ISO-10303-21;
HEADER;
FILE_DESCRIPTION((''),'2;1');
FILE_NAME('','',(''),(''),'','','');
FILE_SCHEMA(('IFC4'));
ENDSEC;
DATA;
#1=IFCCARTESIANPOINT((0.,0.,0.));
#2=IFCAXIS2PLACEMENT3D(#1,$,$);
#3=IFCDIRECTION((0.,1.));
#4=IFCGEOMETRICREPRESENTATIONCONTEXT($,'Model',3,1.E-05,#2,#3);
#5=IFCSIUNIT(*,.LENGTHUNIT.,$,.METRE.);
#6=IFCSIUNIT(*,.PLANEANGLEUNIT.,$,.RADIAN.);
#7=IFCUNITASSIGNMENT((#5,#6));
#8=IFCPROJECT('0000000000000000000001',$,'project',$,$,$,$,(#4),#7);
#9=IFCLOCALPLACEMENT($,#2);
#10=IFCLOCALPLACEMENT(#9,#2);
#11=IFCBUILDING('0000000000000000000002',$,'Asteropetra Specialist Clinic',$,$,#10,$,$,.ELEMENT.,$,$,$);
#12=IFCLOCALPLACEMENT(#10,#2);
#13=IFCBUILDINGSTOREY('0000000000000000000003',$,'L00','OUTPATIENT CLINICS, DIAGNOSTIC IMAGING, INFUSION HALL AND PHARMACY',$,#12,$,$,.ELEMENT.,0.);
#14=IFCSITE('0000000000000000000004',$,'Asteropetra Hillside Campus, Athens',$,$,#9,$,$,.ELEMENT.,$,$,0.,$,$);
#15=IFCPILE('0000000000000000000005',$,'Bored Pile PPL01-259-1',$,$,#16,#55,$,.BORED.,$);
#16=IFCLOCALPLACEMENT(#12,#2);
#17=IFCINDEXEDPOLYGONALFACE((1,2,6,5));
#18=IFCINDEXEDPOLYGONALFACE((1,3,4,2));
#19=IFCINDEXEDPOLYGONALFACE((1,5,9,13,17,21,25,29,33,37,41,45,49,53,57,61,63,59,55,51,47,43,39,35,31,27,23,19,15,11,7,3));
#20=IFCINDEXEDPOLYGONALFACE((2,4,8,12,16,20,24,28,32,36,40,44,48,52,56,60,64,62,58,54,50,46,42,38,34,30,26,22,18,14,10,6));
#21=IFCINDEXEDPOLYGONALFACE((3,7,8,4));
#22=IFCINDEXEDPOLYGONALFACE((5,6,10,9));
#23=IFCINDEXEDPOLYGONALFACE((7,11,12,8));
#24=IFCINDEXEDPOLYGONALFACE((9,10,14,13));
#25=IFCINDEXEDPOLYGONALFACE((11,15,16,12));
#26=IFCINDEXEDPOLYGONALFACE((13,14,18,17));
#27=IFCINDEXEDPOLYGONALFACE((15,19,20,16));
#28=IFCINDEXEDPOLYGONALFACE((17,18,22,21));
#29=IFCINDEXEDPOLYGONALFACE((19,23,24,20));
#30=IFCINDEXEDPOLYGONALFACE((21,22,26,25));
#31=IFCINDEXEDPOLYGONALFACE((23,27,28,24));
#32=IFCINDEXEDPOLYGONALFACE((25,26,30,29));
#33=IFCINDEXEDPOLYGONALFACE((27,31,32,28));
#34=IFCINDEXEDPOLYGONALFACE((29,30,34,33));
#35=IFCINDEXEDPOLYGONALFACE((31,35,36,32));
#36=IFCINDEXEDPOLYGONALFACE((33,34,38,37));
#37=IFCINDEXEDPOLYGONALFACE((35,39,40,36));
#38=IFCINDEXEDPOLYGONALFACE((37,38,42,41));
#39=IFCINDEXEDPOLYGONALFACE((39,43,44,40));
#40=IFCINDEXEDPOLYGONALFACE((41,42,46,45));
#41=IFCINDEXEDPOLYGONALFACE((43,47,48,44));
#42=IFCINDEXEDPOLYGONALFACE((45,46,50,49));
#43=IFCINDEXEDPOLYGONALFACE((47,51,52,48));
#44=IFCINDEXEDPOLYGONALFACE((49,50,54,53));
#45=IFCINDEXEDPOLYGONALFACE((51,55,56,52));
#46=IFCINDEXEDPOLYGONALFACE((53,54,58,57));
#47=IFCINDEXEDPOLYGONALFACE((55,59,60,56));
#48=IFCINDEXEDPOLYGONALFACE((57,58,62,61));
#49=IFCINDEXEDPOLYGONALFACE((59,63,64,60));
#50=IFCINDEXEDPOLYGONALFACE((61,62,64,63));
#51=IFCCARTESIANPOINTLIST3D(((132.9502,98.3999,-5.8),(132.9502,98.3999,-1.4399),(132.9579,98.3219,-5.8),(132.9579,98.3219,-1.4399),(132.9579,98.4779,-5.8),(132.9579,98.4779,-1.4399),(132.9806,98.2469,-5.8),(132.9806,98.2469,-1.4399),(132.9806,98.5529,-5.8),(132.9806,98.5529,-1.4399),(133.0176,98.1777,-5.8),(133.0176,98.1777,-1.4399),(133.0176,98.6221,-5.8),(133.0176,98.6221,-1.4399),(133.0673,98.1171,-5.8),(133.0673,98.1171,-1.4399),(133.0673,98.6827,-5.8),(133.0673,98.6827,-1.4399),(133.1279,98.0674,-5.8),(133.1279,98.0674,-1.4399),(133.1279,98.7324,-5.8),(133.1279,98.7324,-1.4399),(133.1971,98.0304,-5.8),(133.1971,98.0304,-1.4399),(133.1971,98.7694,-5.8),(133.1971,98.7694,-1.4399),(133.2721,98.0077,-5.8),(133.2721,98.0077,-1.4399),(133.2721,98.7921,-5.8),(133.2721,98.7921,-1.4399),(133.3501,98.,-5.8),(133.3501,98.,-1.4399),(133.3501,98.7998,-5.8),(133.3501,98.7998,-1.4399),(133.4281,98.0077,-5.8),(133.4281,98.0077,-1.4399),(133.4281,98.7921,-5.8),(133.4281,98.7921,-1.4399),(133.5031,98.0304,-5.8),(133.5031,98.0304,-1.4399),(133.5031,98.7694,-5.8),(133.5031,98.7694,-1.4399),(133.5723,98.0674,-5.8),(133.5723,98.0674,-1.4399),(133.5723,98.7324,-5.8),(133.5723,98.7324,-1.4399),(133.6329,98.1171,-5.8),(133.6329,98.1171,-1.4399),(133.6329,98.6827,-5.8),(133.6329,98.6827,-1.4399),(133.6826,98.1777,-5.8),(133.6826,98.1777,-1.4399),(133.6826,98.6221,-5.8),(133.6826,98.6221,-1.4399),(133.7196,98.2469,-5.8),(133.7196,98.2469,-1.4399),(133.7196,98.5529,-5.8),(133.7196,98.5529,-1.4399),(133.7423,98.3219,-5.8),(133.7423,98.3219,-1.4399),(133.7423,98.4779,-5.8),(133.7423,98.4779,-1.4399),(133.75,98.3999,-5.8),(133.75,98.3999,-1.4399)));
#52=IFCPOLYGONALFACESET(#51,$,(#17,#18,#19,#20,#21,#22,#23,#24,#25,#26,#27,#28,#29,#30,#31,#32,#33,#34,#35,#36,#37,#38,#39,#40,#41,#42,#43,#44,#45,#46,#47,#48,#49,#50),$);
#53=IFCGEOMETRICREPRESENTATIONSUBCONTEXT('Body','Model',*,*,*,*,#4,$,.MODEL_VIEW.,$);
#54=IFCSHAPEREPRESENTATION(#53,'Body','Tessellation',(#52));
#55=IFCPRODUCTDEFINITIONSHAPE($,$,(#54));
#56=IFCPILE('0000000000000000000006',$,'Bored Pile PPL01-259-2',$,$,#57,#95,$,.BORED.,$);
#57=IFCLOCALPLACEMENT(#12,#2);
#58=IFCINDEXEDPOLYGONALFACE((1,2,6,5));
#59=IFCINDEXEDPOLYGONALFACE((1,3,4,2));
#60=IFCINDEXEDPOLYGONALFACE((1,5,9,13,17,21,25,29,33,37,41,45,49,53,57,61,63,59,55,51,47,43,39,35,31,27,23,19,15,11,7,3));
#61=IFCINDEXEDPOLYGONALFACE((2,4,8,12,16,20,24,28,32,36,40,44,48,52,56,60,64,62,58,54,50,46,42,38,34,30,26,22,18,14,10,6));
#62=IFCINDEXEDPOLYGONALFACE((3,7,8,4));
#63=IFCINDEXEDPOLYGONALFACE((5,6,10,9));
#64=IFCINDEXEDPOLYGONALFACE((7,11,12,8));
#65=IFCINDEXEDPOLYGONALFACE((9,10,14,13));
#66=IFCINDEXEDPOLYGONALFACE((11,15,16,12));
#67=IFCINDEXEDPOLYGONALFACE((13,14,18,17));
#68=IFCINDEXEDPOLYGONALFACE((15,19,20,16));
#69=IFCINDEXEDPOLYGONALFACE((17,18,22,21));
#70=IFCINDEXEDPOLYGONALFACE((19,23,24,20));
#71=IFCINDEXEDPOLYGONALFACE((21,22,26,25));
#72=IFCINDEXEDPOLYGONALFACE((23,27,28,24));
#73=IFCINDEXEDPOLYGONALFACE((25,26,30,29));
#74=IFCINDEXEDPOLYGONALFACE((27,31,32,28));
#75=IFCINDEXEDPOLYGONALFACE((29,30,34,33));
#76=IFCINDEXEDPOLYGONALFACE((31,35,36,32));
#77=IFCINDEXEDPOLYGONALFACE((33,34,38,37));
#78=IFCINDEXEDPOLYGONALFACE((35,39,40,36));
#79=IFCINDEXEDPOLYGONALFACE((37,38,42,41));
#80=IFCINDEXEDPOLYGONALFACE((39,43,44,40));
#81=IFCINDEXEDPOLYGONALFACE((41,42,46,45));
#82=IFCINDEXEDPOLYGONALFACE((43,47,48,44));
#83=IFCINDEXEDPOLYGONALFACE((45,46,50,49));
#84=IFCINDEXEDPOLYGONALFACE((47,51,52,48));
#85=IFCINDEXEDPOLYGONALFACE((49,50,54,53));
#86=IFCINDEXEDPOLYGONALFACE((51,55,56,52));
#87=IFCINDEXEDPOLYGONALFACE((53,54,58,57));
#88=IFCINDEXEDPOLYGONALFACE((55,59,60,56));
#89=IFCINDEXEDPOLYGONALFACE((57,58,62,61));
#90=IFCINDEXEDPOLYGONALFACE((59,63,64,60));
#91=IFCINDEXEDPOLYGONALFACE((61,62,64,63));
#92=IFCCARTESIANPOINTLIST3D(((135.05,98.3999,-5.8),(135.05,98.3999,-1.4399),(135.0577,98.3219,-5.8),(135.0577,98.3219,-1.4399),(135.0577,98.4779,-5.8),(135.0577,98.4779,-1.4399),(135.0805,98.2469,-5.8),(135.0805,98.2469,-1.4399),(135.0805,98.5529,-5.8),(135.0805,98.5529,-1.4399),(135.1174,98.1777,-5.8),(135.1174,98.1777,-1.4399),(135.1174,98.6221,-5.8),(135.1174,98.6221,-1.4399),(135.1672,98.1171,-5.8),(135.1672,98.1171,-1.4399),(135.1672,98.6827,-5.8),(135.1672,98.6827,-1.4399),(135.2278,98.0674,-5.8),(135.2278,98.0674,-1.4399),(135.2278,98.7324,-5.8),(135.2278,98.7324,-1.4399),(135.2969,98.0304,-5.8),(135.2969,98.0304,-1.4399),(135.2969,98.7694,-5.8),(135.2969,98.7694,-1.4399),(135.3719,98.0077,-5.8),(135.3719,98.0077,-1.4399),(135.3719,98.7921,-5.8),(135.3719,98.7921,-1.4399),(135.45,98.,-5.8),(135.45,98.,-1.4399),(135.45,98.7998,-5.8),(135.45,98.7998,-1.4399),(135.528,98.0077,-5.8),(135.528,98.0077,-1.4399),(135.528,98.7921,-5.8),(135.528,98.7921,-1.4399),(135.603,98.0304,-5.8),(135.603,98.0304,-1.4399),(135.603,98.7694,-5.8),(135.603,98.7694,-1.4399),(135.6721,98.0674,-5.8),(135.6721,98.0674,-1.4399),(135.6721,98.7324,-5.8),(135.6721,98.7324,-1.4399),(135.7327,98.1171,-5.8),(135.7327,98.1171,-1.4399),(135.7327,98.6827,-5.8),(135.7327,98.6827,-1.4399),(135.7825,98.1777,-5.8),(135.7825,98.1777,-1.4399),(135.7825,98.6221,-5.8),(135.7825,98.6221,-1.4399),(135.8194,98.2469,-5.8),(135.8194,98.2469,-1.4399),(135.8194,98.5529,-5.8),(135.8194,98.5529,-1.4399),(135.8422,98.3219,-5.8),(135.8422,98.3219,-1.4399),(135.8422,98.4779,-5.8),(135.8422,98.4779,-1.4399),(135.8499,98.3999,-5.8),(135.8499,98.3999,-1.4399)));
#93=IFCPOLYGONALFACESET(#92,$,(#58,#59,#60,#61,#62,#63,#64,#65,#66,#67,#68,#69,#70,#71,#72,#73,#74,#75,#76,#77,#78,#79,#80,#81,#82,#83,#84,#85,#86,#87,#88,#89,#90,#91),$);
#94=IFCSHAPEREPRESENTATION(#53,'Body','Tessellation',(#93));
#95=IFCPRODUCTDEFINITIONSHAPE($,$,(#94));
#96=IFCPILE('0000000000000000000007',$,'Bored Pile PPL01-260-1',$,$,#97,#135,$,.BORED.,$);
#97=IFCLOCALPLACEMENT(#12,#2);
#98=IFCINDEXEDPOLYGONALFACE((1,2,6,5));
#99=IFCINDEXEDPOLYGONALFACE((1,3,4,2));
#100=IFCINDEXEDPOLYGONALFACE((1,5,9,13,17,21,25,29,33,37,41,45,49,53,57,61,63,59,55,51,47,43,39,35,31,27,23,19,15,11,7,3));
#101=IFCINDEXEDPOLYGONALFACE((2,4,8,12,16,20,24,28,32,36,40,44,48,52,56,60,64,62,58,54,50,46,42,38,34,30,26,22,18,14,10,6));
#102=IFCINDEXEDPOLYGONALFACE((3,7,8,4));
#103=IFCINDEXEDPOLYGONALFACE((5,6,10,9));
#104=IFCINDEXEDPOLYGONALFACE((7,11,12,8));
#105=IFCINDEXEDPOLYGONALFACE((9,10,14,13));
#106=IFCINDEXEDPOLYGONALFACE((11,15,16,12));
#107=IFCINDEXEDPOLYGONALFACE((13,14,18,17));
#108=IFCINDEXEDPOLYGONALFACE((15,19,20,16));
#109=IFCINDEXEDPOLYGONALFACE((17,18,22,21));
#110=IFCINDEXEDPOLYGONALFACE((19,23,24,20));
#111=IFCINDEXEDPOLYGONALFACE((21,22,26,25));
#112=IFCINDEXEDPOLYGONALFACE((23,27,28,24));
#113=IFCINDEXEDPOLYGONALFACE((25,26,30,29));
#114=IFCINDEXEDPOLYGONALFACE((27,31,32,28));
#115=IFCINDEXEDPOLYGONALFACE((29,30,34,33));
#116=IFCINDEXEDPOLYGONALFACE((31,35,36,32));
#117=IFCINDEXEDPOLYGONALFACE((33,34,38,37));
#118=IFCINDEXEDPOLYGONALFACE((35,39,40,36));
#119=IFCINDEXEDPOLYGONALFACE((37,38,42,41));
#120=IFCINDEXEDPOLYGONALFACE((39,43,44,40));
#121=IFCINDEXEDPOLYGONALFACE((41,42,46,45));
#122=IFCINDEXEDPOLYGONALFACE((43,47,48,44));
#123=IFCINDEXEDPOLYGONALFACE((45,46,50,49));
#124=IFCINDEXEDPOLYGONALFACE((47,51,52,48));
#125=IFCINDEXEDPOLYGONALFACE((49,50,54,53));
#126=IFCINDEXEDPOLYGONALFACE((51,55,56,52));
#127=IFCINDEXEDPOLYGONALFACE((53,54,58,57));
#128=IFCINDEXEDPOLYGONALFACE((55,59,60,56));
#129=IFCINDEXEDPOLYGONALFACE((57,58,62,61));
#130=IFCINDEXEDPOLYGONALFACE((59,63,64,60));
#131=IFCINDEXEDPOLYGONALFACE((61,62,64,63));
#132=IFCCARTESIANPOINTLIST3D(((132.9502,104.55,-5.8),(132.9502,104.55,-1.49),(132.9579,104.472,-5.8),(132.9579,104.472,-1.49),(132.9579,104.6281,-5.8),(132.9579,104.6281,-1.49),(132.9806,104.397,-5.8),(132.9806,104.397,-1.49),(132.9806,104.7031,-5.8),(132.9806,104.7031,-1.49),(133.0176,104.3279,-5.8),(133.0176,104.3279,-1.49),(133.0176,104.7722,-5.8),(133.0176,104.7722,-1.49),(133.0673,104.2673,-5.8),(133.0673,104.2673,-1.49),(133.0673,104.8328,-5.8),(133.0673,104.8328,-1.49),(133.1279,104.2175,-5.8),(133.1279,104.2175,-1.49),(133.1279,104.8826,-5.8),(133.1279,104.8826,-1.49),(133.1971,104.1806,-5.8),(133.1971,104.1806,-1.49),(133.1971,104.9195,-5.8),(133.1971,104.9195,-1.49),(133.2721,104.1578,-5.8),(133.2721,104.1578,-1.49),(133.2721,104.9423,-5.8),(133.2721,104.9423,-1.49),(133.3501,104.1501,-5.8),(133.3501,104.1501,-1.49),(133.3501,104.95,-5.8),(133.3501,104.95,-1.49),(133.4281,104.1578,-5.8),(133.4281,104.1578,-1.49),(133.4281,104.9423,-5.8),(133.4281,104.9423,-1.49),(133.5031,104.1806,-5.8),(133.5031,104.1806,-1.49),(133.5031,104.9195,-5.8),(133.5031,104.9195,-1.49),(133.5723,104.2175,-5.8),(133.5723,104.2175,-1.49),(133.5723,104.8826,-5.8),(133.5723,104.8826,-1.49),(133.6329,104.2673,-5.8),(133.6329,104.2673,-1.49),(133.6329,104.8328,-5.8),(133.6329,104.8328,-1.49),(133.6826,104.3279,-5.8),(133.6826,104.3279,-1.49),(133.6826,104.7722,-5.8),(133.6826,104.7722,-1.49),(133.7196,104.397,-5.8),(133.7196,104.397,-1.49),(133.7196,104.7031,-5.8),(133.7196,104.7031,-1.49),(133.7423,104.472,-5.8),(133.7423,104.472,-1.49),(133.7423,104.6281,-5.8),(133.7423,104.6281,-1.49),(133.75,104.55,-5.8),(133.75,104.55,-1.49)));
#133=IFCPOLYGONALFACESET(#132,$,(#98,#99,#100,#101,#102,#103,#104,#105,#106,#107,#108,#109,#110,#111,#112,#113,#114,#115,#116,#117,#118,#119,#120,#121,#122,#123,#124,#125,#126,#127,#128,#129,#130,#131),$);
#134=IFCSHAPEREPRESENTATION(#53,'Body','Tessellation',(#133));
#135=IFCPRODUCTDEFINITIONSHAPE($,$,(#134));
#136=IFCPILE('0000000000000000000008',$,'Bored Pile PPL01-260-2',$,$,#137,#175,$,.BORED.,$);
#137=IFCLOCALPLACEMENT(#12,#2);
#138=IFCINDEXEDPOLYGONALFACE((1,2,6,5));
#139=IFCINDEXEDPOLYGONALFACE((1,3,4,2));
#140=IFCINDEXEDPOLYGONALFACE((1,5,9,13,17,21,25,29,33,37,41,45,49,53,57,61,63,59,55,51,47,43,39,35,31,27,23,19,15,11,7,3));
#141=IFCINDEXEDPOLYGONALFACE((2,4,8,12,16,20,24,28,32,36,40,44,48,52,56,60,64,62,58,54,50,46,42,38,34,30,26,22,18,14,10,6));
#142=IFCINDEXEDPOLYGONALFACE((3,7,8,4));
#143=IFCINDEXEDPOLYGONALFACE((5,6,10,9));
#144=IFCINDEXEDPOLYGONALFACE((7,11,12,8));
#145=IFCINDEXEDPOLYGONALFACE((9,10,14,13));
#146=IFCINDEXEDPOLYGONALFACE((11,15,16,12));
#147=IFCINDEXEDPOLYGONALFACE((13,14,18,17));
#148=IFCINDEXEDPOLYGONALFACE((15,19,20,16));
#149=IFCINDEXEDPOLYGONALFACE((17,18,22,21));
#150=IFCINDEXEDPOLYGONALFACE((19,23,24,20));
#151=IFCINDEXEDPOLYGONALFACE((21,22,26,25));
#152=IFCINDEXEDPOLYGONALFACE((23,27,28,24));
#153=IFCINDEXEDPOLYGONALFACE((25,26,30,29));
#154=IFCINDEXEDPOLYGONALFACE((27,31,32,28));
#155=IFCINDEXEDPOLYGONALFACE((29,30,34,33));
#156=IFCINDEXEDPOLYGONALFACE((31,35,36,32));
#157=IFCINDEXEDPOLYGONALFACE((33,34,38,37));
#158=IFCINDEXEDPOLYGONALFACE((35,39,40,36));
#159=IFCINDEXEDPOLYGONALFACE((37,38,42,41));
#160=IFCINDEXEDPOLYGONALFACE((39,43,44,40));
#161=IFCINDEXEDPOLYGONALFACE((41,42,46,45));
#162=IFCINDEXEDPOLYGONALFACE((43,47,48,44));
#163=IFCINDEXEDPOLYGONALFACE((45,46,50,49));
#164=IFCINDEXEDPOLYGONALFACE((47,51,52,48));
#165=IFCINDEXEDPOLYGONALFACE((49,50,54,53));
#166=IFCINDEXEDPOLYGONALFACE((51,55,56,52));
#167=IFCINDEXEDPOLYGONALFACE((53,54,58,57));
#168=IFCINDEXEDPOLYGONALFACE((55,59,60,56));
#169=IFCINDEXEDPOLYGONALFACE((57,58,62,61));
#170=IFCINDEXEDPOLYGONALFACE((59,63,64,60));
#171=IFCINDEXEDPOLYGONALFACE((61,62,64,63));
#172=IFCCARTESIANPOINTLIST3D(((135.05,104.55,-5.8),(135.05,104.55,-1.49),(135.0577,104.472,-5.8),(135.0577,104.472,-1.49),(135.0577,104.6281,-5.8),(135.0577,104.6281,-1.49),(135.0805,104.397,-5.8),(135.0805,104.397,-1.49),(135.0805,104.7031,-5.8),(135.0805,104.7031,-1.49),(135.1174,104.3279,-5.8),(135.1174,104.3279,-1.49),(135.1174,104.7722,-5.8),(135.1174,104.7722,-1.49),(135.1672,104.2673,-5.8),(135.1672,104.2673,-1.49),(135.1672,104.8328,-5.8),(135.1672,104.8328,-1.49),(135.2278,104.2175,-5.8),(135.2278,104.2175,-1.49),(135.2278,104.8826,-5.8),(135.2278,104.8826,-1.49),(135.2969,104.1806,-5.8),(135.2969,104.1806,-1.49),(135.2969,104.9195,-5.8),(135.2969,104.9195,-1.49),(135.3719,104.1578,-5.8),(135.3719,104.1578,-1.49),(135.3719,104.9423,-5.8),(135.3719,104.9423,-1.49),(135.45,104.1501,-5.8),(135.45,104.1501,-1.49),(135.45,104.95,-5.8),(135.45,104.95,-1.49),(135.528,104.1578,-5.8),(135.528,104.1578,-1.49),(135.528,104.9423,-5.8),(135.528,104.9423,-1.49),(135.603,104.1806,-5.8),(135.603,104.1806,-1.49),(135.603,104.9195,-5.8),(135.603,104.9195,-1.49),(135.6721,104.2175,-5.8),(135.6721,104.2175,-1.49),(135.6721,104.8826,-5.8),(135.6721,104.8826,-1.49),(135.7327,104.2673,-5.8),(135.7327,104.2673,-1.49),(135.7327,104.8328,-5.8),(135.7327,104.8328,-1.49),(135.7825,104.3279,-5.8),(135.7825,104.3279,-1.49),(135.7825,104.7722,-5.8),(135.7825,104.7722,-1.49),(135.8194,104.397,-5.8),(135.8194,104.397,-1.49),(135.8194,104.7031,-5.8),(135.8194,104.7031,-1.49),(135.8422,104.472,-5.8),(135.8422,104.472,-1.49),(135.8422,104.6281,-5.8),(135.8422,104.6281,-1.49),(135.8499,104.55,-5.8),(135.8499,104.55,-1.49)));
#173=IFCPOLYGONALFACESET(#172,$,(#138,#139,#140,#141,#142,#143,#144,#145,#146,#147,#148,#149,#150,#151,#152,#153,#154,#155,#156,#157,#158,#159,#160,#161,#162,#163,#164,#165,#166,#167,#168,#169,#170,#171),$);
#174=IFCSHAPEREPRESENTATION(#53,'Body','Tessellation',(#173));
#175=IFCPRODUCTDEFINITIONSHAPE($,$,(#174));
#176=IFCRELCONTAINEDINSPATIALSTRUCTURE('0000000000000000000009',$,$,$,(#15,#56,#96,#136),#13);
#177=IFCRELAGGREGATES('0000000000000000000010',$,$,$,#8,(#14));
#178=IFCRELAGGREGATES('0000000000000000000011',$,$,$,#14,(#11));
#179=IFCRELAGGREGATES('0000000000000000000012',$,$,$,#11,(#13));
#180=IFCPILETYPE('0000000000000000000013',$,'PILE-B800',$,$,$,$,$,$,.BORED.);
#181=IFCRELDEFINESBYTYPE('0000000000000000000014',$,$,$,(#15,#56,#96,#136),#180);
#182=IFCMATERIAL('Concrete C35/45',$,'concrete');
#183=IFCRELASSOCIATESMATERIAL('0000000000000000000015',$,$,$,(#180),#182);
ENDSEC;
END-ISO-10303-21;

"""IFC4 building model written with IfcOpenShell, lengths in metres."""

from ifc_helpers import new_model, si_unit, direction, frame, origin, origin_2d, place, context, subcontext, project, spatial, circle, extrude, material, material_profile, profile_set, type_object, element, save


model = new_model("IFC4")

# Units and contexts
model_context = context("Model", 3, precision=1e-05, world=origin(), true_north=direction((0.0, 1.0)))
body_context = subcontext(model_context, "Body", "Model", "MODEL_VIEW")
ifc_project = project(units=[si_unit("LENGTHUNIT", "METRE"), si_unit("PLANEANGLEUNIT", "RADIAN")], contexts=[model_context])

# Site, building, storey
site_placement = place(None, origin())
site = spatial("IfcSite", under=ifc_project, at=site_placement, Name="Asteropetra Hillside Campus, Athens", CompositionType="ELEMENT", RefElevation=0.0)
building_placement = place(site_placement, origin())
building = spatial("IfcBuilding", under=site, at=building_placement, Name="Asteropetra Specialist Clinic", CompositionType="ELEMENT")
storey_placement = place(building_placement, origin())
storey = spatial("IfcBuildingStorey", under=building, at=storey_placement, Name="L00", Description="OUTPATIENT CLINICS, DIAGNOSTIC IMAGING, INFUSION HALL AND PHARMACY", CompositionType="ELEMENT", Elevation=0.0)

# Piles
ifc_material_1 = material(Name="Concrete C35/45", Category="concrete")
ifc_material_profile_1 = material_profile(ifc_material_1, circle(Radius=0.3999, at=origin_2d()), Name="PILE D800")
ifc_profile_set_1 = profile_set([ifc_material_profile_1], Name="Concrete C35/45")
pile_type = type_object("IfcPileType", Name="PILE-B800", PredefinedType="BORED", material=ifc_profile_set_1)
for number, where, z_axis, x_axis, name in (
    (1, (133.3501, 98.3999, -1.4399), (0.0, 0.0, -1.0), (1.0, 0.0, 0.0), "Bored Pile PPL01-259-1"),
    (2, (135.45, 98.3999, -1.4399), (0.0, 0.0, -1.0), (1.0, 0.0, 0.0), "Bored Pile PPL01-259-2"),
):
    element("IfcPile", number, at=place(storey_placement, frame(where, z_axis=z_axis, x_axis=x_axis)), inside=storey, type_object=pile_type, Name=name, PredefinedType="BORED", context=body_context, shape_type="SweptSolid", body=[
        extrude(circle(Radius=0.3999, at=origin_2d()), origin(), (0.0, 0.0, 1.0), 4.3601),
    ])
for number, where, z_axis, x_axis, name in (
    (3, (133.3501, 104.55, -1.49), (0.0, 0.0, -1.0), (1.0, 0.0, 0.0), "Bored Pile PPL01-260-1"),
    (4, (135.45, 104.55, -1.49), (0.0, 0.0, -1.0), (1.0, 0.0, 0.0), "Bored Pile PPL01-260-2"),
):
    element("IfcPile", number, at=place(storey_placement, frame(where, z_axis=z_axis, x_axis=x_axis)), inside=storey, type_object=pile_type, Name=name, PredefinedType="BORED", context=body_context, shape_type="SweptSolid", body=[
        extrude(circle(Radius=0.3999, at=origin_2d()), origin(), (0.0, 0.0, 1.0), 4.3101),
    ])

save(model, "model.ifc")
